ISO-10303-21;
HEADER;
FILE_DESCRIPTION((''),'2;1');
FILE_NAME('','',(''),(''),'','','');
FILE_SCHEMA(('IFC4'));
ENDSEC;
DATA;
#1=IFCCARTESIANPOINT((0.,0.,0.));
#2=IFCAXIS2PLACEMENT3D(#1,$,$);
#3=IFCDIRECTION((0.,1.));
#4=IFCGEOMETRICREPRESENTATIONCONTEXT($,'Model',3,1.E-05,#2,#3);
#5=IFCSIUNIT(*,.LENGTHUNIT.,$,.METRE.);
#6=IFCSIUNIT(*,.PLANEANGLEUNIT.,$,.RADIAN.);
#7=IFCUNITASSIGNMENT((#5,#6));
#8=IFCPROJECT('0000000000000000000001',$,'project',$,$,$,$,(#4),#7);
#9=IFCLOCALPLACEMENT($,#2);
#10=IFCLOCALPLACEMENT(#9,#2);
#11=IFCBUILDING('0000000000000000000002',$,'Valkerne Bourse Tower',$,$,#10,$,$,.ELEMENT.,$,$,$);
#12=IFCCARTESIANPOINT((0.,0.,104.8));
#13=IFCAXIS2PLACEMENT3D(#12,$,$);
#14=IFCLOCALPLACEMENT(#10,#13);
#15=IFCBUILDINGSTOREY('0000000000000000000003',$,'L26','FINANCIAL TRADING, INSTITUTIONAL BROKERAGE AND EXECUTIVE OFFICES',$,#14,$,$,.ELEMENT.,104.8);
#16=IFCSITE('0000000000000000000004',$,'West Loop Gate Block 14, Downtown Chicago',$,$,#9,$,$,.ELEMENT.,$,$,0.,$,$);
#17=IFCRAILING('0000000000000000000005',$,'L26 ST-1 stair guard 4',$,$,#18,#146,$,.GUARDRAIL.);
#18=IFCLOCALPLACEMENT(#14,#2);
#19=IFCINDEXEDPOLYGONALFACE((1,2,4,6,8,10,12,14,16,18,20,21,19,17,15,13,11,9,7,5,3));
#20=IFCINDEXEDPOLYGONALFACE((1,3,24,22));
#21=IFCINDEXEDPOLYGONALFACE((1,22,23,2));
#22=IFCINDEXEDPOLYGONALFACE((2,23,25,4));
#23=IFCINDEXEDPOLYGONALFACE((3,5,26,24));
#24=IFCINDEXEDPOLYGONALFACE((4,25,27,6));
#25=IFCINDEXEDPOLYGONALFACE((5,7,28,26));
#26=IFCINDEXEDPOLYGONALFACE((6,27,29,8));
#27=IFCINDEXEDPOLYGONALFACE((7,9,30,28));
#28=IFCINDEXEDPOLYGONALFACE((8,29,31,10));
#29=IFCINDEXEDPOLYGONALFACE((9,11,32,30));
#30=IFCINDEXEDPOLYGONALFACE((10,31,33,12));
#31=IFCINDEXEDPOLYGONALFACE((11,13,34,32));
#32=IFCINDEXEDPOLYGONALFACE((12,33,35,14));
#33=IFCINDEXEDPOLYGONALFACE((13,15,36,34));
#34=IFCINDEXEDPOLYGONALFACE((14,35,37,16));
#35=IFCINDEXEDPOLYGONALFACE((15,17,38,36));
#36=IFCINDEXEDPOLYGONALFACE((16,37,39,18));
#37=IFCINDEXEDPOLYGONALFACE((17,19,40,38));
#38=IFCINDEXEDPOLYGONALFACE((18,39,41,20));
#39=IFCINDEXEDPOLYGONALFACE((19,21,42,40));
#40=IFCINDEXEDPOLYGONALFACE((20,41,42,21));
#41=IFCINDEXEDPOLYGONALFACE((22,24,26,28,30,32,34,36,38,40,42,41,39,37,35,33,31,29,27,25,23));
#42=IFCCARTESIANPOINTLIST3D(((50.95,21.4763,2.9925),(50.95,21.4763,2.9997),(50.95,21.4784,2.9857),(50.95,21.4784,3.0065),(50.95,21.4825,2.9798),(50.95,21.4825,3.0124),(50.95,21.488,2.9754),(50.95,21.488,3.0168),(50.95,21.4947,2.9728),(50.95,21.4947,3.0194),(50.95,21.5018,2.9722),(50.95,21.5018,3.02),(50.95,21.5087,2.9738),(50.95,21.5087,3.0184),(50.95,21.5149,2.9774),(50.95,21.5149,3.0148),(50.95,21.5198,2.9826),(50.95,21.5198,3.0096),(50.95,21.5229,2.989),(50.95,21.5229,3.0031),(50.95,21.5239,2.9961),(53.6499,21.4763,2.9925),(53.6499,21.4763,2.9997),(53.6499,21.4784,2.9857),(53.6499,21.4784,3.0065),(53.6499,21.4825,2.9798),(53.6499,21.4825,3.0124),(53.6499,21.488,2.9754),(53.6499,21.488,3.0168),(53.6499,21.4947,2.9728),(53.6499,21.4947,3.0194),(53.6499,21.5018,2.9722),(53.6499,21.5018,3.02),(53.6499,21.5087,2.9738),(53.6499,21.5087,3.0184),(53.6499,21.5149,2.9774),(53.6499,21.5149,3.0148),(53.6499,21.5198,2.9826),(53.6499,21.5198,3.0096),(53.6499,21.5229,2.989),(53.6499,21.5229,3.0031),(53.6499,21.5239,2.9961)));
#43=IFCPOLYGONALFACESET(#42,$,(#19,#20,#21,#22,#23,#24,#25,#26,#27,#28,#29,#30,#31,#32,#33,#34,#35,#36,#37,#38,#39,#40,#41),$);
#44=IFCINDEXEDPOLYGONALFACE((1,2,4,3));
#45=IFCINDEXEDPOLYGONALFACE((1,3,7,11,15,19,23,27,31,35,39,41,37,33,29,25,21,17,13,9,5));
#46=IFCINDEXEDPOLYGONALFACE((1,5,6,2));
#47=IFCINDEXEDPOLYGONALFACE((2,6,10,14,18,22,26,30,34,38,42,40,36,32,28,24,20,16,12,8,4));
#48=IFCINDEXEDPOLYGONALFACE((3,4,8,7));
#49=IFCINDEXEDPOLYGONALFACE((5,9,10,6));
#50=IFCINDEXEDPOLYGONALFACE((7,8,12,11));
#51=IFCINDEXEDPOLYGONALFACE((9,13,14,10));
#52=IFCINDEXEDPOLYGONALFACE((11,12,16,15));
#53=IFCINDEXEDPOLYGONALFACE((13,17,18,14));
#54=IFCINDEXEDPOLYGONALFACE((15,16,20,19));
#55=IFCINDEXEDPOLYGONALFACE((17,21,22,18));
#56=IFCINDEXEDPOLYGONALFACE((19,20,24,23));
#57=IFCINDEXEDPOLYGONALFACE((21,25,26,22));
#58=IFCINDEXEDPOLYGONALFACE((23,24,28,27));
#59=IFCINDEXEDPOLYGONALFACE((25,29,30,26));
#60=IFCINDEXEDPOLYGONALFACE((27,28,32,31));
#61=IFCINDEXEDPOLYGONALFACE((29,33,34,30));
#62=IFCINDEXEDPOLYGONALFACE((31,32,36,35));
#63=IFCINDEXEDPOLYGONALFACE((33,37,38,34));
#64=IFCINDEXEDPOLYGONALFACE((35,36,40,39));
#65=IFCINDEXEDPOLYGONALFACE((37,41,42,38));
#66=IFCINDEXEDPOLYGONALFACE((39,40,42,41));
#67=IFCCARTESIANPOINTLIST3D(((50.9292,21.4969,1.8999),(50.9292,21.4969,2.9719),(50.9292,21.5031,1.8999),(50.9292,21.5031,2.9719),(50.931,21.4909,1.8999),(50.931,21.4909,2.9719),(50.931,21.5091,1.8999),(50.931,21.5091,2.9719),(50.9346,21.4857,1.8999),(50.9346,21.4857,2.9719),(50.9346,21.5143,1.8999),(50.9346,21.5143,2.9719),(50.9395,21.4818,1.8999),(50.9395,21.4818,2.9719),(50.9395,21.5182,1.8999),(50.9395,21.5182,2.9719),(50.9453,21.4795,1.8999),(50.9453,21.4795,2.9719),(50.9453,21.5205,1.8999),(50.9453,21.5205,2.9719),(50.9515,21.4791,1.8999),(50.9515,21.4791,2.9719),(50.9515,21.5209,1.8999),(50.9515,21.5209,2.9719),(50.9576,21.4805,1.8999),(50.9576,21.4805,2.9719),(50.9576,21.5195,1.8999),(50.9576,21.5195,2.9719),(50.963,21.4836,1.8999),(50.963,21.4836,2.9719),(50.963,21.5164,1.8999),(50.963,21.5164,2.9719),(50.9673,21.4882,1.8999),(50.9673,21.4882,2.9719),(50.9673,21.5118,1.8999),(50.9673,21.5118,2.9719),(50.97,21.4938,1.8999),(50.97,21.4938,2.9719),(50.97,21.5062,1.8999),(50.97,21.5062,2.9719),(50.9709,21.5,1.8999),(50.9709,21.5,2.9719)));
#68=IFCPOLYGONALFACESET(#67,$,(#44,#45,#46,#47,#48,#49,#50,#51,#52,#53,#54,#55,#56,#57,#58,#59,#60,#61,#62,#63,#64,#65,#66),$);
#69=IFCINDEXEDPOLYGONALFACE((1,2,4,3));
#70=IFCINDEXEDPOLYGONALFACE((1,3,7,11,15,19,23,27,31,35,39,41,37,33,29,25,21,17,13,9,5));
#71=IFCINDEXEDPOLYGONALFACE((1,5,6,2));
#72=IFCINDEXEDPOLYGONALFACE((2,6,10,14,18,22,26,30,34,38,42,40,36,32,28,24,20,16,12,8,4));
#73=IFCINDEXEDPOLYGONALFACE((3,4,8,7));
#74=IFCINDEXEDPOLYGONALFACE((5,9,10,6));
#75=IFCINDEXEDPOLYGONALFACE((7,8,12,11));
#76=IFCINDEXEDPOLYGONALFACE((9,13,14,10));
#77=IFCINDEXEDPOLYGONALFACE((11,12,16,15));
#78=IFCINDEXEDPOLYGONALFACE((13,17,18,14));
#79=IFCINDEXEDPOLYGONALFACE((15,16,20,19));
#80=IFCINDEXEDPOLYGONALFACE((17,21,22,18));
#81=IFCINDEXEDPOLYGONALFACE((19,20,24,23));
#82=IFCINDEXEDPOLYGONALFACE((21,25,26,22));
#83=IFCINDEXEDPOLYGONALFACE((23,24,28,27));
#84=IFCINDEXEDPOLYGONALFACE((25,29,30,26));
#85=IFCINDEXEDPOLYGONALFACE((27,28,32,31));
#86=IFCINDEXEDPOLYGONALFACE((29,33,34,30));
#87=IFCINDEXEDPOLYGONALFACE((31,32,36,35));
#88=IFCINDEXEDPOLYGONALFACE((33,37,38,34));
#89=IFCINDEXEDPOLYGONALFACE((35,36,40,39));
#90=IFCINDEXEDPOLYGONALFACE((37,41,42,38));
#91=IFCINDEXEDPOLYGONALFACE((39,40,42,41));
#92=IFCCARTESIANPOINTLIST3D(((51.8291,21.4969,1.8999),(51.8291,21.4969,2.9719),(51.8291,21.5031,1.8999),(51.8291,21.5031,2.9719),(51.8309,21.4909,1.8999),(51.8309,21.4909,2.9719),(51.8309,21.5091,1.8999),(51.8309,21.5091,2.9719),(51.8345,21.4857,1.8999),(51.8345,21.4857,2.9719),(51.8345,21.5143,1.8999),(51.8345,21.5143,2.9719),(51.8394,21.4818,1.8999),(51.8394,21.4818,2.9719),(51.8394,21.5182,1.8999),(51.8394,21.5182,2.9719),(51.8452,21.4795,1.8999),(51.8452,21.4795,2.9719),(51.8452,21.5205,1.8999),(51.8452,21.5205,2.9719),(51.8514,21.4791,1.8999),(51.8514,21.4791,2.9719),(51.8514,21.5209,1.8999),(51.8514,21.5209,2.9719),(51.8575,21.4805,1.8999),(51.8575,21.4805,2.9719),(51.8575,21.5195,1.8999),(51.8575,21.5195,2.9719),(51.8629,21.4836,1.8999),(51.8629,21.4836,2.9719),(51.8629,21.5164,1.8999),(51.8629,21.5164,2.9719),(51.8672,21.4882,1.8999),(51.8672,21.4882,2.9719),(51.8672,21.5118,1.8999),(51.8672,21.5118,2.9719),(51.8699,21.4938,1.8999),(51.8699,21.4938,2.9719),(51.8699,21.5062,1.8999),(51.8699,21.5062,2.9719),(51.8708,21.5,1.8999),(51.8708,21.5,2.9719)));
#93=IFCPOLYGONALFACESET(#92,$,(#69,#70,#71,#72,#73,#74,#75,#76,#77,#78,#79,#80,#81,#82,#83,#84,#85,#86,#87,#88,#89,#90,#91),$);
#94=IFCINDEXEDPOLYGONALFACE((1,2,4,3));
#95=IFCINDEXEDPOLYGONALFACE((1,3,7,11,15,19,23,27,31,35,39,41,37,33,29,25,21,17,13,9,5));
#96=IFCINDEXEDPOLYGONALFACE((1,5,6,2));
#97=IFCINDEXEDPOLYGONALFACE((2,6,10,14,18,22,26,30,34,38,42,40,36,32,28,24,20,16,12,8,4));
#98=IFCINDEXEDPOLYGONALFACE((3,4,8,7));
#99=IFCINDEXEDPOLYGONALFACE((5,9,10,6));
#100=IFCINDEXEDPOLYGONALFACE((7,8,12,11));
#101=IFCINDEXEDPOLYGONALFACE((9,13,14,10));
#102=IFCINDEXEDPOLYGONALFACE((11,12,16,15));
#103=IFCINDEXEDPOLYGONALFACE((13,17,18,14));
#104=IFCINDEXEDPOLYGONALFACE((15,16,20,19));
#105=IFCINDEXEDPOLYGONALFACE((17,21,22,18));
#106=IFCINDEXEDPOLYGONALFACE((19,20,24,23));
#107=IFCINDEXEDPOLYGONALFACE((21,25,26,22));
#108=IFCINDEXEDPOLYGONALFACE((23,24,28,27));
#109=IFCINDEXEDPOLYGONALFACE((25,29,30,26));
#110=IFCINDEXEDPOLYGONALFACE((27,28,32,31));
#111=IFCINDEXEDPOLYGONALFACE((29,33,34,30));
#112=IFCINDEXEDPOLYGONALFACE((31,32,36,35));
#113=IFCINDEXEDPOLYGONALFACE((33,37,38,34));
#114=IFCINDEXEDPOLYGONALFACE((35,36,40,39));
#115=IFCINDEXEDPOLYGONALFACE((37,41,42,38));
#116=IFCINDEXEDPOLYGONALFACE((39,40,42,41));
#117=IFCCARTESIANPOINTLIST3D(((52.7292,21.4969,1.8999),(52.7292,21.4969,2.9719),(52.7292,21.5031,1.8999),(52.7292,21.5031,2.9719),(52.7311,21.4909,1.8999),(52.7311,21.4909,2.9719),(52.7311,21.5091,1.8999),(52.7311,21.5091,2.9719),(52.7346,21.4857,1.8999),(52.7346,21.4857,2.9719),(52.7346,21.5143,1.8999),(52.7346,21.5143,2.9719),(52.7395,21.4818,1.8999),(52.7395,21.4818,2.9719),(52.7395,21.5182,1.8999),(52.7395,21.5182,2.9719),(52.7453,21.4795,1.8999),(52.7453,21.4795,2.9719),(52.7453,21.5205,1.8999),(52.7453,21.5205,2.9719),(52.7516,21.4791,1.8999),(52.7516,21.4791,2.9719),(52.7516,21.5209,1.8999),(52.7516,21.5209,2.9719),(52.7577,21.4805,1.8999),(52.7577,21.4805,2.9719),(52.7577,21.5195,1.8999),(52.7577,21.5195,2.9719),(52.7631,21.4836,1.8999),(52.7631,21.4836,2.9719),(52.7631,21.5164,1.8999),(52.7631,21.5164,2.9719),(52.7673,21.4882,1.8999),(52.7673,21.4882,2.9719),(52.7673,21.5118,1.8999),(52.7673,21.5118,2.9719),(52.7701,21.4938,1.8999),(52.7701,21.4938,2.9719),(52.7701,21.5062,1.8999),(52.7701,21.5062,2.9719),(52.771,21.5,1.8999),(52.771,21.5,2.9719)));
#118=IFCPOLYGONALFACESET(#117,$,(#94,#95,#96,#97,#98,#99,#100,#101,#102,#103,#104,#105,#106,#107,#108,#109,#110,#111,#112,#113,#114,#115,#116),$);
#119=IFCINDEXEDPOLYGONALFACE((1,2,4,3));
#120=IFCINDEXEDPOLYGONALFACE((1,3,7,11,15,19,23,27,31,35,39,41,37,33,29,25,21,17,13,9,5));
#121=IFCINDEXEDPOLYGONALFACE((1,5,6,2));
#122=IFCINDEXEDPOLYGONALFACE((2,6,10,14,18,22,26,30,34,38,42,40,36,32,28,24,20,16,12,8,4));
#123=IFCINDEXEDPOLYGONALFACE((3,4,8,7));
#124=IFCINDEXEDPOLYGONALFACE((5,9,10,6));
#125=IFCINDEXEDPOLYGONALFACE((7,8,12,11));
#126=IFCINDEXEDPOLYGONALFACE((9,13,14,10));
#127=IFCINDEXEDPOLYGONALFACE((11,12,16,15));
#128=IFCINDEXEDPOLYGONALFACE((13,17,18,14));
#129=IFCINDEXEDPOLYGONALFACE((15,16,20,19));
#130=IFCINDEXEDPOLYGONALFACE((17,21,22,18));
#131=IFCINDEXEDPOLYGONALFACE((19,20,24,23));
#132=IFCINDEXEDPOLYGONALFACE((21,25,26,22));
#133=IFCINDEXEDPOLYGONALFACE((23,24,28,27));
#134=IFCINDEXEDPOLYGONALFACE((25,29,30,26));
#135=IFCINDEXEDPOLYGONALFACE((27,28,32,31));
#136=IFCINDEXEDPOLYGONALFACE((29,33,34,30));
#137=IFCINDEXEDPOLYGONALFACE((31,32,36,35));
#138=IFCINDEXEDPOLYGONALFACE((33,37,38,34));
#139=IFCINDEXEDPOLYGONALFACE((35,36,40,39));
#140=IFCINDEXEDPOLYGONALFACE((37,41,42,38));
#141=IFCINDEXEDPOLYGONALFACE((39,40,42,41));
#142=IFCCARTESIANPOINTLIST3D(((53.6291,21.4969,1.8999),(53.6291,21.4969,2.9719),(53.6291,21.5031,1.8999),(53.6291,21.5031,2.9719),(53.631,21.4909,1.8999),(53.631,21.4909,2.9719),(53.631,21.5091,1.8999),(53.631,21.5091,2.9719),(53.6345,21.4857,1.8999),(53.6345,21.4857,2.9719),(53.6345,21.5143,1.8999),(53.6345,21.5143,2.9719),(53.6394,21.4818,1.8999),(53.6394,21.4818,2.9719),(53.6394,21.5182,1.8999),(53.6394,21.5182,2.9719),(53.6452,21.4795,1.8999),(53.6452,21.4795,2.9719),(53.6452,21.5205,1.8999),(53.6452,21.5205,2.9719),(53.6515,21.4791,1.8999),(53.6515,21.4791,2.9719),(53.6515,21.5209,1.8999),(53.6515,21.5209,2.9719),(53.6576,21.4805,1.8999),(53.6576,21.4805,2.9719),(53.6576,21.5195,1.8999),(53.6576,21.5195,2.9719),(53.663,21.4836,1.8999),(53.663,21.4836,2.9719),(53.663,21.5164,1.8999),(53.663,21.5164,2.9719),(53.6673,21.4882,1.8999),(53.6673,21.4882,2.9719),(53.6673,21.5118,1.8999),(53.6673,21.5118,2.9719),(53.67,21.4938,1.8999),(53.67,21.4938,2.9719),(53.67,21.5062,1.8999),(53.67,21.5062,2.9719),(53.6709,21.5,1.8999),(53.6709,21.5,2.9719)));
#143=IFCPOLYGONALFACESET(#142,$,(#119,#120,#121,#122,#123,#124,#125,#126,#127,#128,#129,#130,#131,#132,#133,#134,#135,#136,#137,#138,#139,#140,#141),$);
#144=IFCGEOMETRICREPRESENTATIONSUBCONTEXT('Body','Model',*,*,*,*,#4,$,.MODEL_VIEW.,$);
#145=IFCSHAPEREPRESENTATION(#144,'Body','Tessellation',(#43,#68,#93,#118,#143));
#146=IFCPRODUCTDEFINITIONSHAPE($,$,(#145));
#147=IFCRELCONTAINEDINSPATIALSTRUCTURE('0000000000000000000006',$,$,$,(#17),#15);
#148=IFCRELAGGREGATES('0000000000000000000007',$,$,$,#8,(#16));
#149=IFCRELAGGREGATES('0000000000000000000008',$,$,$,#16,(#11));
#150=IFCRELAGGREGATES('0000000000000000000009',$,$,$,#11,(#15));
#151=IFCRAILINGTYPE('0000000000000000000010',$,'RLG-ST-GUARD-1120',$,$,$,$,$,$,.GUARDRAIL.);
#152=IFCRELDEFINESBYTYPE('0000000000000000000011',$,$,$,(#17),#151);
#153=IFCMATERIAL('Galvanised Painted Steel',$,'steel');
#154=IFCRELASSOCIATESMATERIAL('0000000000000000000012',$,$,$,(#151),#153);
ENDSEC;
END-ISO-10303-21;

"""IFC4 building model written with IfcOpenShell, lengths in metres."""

from ifc_helpers import new_model, si_unit, direction, frame, origin, origin_2d, place, context, subcontext, project, spatial, circle, extrude, material, type_object, element, save


model = new_model("IFC4")

# Units and contexts
model_context = context("Model", 3, precision=1e-05, world=origin(), true_north=direction((0.0, 1.0)))
body_context = subcontext(model_context, "Body", "Model", "MODEL_VIEW")
ifc_project = project(units=[si_unit("LENGTHUNIT", "METRE"), si_unit("PLANEANGLEUNIT", "RADIAN")], contexts=[model_context])

# Site, building, storey
site_placement = place(None, origin())
site = spatial("IfcSite", under=ifc_project, at=site_placement, Name="West Loop Gate Block 14, Downtown Chicago", CompositionType="ELEMENT", RefElevation=0.0)
building_placement = place(site_placement, origin())
building = spatial("IfcBuilding", under=site, at=building_placement, Name="Valkerne Bourse Tower", CompositionType="ELEMENT")
storey_placement = place(building_placement, frame((0.0, 0.0, 104.8)))
storey = spatial("IfcBuildingStorey", under=building, at=storey_placement, Name="L26", Description="FINANCIAL TRADING, INSTITUTIONAL BROKERAGE AND EXECUTIVE OFFICES", CompositionType="ELEMENT", Elevation=104.8)

# Shared definitions
ifc_material_1 = material(Name="Galvanised Painted Steel", Category="steel")

# Railing
railing_type_1 = type_object("IfcRailingType", Name="RLG-ST-GUARD-1120", PredefinedType="GUARDRAIL", material=ifc_material_1)
for number, where, name in (
    (1, (50.95, 21.5, 1.8999), "L26 ST-1 stair guard 4"),
):
    element("IfcRailing", number, at=place(storey_placement, frame(where)), inside=storey, type_object=railing_type_1, Name=name, PredefinedType="GUARDRAIL", context=body_context, shape_type="SweptSolid", body=[
        extrude(circle(Radius=0.0239, at=origin_2d()), frame((0.0, 0.0, 1.0962), z_axis=(1.0, 0.0, 0.0), x_axis=(0.0, 1.0, 0.0)), (0.0, 0.0, 1.0), 2.7),
        extrude(circle(Radius=0.021, at=origin_2d()), origin(), (0.0, 0.0, 1.0), 1.072),
        extrude(circle(Radius=0.021, at=origin_2d()), frame((0.8999, 0.0, 0.0)), (0.0, 0.0, 1.0), 1.072),
        extrude(circle(Radius=0.021, at=origin_2d()), frame((1.8, 0.0, 0.0)), (0.0, 0.0, 1.0), 1.072),
        extrude(circle(Radius=0.021, at=origin_2d()), frame((2.7, 0.0, 0.0)), (0.0, 0.0, 1.0), 1.072),
    ])

save(model, "model.ifc")
